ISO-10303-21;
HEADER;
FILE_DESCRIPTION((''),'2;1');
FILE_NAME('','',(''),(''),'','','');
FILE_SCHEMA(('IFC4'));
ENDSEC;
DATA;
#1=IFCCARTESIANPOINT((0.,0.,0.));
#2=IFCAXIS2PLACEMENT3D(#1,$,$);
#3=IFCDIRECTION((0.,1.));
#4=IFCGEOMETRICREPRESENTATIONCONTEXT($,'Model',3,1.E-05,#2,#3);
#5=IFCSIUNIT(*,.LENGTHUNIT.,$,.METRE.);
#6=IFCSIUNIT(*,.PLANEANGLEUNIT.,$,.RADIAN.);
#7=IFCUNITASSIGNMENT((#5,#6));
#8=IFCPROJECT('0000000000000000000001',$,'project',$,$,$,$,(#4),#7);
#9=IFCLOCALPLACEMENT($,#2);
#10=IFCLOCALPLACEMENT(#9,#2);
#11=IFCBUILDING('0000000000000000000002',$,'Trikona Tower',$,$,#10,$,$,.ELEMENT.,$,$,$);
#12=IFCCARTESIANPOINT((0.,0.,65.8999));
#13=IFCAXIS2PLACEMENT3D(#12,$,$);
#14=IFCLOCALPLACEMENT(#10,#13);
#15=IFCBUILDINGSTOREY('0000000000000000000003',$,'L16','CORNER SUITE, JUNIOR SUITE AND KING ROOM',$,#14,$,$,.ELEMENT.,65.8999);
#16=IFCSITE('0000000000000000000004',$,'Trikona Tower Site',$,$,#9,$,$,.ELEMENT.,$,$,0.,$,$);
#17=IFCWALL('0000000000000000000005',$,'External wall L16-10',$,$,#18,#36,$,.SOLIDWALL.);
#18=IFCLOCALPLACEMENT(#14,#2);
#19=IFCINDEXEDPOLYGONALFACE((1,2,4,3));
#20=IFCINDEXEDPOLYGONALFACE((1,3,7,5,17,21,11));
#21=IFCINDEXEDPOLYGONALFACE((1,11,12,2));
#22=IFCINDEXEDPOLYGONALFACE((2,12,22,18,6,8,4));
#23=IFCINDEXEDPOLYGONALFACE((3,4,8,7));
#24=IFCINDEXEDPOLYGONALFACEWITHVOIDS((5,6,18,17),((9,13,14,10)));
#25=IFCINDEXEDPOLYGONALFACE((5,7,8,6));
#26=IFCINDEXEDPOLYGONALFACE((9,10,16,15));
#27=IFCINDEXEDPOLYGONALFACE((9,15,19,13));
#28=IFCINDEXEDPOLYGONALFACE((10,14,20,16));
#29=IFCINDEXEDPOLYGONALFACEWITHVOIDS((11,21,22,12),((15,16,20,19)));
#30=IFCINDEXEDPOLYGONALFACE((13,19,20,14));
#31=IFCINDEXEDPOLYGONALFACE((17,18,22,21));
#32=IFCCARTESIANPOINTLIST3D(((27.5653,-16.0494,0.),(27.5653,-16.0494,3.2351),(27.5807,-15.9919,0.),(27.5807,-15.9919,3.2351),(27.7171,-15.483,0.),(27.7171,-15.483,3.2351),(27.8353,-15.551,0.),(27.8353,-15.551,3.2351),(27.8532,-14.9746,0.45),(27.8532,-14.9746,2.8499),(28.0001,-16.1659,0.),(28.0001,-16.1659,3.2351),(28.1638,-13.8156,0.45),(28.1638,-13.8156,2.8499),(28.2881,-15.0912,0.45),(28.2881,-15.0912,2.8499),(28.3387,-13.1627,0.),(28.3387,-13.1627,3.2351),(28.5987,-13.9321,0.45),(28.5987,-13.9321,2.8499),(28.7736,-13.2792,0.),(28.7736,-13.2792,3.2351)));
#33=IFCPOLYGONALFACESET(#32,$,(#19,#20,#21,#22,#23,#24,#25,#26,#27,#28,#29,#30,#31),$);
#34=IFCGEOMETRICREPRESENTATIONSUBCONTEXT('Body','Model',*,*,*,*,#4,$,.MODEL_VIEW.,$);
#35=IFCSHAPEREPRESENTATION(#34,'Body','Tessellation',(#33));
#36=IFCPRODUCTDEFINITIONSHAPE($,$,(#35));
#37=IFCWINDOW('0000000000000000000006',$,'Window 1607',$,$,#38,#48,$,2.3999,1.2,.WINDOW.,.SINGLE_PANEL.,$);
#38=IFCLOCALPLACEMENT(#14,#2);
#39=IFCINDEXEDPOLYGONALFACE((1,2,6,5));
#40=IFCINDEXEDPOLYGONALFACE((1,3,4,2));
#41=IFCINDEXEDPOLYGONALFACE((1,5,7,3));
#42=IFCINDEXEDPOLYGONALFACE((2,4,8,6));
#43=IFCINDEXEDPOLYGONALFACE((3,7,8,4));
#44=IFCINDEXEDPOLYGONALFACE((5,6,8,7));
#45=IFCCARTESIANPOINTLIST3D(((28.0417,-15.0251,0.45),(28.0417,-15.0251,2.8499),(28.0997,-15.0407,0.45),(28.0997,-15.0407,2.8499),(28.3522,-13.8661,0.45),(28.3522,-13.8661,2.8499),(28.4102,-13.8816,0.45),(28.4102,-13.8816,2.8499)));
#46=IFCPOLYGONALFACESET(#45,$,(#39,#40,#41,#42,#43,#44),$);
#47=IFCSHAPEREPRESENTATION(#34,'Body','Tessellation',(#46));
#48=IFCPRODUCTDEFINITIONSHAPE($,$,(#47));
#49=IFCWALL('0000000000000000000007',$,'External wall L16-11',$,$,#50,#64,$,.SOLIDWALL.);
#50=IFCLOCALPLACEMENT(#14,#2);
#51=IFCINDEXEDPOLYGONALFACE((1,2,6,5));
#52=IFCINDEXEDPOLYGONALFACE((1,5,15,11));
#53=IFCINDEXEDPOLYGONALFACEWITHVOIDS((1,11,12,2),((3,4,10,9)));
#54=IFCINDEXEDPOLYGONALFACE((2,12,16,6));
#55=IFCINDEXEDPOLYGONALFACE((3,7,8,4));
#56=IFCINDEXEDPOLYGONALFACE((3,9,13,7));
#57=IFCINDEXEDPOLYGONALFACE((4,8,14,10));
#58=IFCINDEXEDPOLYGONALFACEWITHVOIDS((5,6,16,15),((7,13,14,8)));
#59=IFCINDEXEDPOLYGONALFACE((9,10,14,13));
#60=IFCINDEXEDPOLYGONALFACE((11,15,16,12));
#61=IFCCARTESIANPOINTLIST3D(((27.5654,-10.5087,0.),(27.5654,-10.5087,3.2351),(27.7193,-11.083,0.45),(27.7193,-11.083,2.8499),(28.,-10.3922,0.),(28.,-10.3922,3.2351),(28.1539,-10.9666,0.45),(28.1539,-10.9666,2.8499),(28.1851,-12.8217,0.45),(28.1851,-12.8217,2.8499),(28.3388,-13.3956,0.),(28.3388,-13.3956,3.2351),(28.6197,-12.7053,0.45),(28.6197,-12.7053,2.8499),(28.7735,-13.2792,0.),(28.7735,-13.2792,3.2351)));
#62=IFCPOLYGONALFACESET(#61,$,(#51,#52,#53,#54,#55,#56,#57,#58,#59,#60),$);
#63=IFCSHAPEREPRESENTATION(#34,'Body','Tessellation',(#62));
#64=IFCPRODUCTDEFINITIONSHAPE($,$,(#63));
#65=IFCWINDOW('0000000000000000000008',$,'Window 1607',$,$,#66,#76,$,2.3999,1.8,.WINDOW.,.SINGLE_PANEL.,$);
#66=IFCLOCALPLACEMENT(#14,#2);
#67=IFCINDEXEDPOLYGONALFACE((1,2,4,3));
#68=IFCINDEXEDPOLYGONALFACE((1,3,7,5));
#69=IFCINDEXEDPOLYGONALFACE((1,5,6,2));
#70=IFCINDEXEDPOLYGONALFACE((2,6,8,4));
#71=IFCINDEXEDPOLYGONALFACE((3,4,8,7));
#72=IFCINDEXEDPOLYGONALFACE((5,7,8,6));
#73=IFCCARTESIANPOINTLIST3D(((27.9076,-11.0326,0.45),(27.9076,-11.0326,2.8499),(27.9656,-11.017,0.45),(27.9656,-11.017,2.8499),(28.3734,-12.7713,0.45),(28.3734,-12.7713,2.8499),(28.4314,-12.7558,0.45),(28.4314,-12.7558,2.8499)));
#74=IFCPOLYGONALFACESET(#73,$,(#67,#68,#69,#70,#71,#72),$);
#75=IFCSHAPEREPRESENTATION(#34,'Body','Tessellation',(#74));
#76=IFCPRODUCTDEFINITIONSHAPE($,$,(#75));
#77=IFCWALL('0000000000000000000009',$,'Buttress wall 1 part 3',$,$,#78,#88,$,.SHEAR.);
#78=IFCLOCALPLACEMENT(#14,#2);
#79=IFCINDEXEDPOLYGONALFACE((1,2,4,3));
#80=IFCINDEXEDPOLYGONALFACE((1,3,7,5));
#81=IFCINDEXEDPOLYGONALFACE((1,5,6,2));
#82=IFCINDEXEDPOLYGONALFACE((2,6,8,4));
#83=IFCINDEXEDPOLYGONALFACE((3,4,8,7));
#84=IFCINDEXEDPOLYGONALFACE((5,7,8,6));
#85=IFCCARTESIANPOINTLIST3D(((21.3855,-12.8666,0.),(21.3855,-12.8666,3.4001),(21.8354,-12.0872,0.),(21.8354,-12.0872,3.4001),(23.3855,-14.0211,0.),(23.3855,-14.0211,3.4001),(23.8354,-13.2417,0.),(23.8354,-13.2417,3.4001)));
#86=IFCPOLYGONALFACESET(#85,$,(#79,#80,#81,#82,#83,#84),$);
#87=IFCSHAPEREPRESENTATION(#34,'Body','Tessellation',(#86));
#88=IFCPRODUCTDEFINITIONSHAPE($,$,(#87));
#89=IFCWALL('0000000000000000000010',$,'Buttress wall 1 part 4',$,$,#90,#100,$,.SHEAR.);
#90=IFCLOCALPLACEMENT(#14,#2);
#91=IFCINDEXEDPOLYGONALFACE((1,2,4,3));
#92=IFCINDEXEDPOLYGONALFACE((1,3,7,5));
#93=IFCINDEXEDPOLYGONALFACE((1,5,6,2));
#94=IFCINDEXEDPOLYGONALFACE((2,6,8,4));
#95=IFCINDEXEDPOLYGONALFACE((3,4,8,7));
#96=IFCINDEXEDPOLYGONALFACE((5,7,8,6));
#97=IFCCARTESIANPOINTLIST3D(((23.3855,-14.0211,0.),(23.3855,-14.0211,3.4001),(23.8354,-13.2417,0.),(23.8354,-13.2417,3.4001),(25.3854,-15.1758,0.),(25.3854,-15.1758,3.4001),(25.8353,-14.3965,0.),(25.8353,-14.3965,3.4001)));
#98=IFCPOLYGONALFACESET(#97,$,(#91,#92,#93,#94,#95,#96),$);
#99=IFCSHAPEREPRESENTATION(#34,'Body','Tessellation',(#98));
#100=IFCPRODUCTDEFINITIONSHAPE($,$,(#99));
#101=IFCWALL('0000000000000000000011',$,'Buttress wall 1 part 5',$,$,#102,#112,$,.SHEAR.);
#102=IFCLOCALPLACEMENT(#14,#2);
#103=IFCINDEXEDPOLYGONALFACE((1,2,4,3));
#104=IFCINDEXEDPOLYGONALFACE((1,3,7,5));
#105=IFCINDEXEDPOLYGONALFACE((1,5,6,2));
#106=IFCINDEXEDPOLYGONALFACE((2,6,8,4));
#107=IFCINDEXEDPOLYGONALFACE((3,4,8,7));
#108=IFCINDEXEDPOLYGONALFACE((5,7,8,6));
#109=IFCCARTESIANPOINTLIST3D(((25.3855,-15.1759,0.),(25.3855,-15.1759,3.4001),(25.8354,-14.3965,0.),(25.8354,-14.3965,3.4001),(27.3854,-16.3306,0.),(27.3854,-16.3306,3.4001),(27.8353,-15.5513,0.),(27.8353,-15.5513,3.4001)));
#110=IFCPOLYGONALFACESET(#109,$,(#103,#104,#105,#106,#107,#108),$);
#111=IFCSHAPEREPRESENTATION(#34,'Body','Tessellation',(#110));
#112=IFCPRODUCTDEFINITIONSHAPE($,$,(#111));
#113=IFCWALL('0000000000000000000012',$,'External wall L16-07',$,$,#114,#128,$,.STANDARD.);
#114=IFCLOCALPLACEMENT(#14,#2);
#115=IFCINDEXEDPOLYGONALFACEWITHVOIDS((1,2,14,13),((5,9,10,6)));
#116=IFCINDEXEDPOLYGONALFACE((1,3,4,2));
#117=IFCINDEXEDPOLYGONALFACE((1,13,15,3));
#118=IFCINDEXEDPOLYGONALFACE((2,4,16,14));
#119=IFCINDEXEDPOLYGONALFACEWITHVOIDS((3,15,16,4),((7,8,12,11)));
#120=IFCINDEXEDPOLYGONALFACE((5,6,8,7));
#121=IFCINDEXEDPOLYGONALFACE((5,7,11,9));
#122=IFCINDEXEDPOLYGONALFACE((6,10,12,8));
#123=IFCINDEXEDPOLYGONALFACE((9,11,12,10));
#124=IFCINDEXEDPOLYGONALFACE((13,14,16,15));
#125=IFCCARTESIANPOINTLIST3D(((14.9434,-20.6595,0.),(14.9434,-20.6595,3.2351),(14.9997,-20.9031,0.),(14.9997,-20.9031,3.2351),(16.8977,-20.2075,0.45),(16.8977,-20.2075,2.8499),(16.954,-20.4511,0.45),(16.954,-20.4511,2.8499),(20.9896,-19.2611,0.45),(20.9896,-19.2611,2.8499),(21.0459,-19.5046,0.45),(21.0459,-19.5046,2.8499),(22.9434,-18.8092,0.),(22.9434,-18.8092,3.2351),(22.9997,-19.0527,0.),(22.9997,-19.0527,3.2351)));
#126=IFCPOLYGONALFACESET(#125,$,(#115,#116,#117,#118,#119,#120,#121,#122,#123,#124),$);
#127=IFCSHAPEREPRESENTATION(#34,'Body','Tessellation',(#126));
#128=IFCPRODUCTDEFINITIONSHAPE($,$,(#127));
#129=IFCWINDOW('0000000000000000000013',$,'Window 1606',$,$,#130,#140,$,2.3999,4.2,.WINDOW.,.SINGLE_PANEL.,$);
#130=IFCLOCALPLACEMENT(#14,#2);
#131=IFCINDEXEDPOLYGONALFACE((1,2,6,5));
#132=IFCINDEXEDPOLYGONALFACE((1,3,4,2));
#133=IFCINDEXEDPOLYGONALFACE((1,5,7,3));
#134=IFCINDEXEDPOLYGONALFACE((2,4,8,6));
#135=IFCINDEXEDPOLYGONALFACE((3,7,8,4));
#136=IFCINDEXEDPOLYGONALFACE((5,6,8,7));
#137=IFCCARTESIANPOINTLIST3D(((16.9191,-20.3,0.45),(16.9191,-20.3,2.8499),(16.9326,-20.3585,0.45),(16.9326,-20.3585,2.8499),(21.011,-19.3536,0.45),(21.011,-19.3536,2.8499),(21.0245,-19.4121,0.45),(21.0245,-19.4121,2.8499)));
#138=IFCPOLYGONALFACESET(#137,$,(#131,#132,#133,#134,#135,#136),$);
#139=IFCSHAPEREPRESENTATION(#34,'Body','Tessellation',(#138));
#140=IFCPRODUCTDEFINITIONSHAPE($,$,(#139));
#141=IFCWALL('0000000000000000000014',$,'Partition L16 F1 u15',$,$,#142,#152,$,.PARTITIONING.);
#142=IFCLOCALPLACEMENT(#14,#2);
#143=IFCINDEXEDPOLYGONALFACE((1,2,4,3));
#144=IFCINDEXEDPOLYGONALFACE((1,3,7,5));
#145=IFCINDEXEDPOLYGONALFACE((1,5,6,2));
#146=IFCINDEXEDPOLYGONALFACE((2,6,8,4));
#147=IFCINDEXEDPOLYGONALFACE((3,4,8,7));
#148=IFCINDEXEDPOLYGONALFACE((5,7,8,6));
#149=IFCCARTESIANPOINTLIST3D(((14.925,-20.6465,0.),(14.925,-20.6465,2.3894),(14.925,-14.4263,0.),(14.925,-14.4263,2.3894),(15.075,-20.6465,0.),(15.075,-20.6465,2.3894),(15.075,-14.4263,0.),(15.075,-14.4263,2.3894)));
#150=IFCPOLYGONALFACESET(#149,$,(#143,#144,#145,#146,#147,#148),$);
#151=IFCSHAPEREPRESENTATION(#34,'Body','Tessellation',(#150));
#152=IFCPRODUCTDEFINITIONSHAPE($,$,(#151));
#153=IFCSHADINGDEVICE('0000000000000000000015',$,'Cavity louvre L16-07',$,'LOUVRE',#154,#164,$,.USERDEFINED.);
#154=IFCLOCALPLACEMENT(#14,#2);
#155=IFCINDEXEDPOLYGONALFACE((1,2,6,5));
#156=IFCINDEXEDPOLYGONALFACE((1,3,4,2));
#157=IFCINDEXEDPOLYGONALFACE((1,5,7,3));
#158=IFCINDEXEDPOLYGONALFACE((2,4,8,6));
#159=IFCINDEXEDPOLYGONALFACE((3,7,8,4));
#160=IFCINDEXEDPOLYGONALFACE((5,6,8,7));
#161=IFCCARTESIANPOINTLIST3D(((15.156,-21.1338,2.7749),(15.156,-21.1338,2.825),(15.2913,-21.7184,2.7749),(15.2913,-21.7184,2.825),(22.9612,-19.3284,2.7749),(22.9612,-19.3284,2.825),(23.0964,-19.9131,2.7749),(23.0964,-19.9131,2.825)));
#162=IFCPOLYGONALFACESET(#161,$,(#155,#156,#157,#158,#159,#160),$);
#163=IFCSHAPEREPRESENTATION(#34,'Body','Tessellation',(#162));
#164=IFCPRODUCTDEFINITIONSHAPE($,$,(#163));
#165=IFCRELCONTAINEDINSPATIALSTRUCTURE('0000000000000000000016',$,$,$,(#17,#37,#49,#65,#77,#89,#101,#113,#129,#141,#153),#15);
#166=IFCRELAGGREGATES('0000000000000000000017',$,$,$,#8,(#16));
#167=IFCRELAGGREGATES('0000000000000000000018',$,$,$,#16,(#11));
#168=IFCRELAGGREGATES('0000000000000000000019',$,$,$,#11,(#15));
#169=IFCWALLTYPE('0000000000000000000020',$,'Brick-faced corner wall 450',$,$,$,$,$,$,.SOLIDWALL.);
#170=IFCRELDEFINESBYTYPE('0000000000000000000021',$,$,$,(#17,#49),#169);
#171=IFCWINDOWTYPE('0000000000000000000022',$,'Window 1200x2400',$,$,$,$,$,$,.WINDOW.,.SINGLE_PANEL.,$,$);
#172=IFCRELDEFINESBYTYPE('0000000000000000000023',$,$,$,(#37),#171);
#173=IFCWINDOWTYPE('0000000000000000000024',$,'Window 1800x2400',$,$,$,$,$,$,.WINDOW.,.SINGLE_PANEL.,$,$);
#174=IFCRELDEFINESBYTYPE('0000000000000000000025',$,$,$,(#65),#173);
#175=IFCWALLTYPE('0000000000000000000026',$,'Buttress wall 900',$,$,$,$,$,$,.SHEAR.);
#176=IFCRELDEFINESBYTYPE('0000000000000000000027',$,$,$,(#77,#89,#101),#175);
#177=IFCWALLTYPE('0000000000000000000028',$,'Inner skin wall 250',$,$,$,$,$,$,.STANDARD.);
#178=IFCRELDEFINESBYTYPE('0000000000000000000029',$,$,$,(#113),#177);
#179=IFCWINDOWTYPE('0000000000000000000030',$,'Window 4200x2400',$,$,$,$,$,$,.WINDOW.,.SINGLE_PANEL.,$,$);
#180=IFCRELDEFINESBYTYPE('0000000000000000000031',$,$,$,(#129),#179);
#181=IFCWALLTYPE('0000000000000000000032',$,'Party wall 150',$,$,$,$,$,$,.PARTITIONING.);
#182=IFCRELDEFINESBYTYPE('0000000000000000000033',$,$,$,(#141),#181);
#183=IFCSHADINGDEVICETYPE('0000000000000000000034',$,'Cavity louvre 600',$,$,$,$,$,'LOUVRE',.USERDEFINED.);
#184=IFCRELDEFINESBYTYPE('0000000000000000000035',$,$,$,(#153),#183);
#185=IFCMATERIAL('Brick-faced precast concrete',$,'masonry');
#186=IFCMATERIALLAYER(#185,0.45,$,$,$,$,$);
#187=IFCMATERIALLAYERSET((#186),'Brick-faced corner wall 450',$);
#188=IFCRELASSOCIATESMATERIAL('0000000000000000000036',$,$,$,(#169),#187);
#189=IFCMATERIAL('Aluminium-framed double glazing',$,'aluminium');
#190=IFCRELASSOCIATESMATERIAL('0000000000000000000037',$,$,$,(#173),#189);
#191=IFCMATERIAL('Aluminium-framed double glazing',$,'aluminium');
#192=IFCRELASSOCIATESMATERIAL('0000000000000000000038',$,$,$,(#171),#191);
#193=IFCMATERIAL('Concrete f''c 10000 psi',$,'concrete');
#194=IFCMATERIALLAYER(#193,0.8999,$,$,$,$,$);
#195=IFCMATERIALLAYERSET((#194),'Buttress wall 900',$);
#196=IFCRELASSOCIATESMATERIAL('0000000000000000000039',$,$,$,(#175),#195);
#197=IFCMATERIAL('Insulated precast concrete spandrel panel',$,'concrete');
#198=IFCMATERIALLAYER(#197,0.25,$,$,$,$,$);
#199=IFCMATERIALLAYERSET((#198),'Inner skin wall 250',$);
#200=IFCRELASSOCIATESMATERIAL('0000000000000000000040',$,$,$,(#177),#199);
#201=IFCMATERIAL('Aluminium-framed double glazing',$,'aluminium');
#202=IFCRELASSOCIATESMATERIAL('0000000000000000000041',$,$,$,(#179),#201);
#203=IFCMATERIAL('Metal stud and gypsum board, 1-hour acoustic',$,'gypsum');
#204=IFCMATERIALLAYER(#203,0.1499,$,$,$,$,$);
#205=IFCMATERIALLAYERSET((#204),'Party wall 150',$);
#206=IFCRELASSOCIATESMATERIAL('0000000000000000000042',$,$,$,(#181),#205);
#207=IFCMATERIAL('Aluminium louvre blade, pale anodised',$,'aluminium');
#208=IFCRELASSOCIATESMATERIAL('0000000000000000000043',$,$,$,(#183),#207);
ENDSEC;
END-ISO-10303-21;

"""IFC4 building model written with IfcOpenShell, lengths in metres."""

from ifc_helpers import new_model, si_unit, direction, frame, frame_2d, origin, origin_2d, place, context, subcontext, project, spatial, polyline, rectangle, outline, extrude, material, layer, layer_set, type_object, element, fill, save


model = new_model("IFC4")

# Units and contexts
model_context = context("Model", 3, precision=1e-05, world=origin(), true_north=direction((0.0, 1.0)))
body_context = subcontext(model_context, "Body", "Model", "MODEL_VIEW")
ifc_project = project(units=[si_unit("LENGTHUNIT", "METRE"), si_unit("PLANEANGLEUNIT", "RADIAN")], contexts=[model_context])

# Site, building, storey
site_placement = place(None, origin())
site = spatial("IfcSite", under=ifc_project, at=site_placement, Name="Trikona Tower Site", CompositionType="ELEMENT", RefElevation=0.0)
building_placement = place(site_placement, origin())
building = spatial("IfcBuilding", under=site, at=building_placement, Name="Trikona Tower", CompositionType="ELEMENT")
storey_placement = place(building_placement, frame((0.0, 0.0, 65.8999)))
storey = spatial("IfcBuildingStorey", under=building, at=storey_placement, Name="L16", Description="CORNER SUITE, JUNIOR SUITE AND KING ROOM", CompositionType="ELEMENT", Elevation=65.8999)

# Walls, openings, windows
ifc_material_1 = material(Name="Brick-faced precast concrete", Category="masonry")
ifc_layer_1 = layer(ifc_material_1, 0.45)
ifc_layer_set_1 = layer_set([ifc_layer_1], Name="Brick-faced corner wall 450")
wall_type_1 = type_object("IfcWallType", Name="Brick-faced corner wall 450", PredefinedType="SOLIDWALL", material=ifc_layer_set_1)
ifc_material_2 = material(Name="Aluminium-framed double glazing", Category="aluminium")
window_type_1 = type_object("IfcWindowType", Name="Window 1800x2400", PartitioningType="SINGLE_PANEL", PredefinedType="WINDOW", material=ifc_material_2)
ifc_material_3 = material(Name="Aluminium-framed double glazing", Category="aluminium")
window_type_2 = type_object("IfcWindowType", Name="Window 1200x2400", PartitioningType="SINGLE_PANEL", PredefinedType="WINDOW", material=ifc_material_3)
wall_1_placement = place(storey_placement, frame((27.7827, -16.1077, 0.0), z_axis=(0.0, 0.0, 1.0), x_axis=(0.258801, 0.965931, 0.0)))
wall_1 = element("IfcWall", 1, at=wall_1_placement, inside=storey, type_object=wall_type_1, Name="External wall L16-10", PredefinedType="SOLIDWALL", context=body_context, shape_type="SweptSolid", body=[
    extrude(outline(polyline([(2.9885, 0.2251), (0.5864, 0.2251), (0.5513, 0.0933), (0.0596, 0.2251), (0.0, 0.2251), (0.0, -0.2251), (2.9885, -0.2251), (2.9885, 0.2251)])), origin(), (0.0, 0.0, 1.0), 3.2351),
])
opening_1_placement = place(wall_1_placement, frame((1.1125, 0.0, 0.45)))
opening_1 = element("IfcOpeningElement", 2, at=opening_1_placement, cuts=wall_1, PredefinedType="OPENING", context=body_context, shape_type="SweptSolid", body=[
    extrude(rectangle(XDim=1.2, YDim=2.3999, at=frame_2d((0.6001, 1.2))), frame((0.0, 0.2349, 0.0), z_axis=(0.0, -1.0, 0.0), x_axis=(1.0, 0.0, 0.0)), (0.0, 0.0, 1.0), 0.47),
])
window_1_placement = place(opening_1_placement, origin())
window_1 = element("IfcWindow", 3, at=window_1_placement, inside=storey, type_object=window_type_2, Name="Window 1607", OverallHeight=2.3999, OverallWidth=1.2, PartitioningType="SINGLE_PANEL", PredefinedType="WINDOW", context=body_context, shape_type="SweptSolid", body=[
    extrude(rectangle(XDim=1.2, YDim=2.3999, at=frame_2d((0.6001, 1.2))), frame((0.0, 0.03, 0.0), z_axis=(0.0, -1.0, 0.0), x_axis=(1.0, 0.0, 0.0)), (0.0, 0.0, 1.0), 0.0601),
])
fill(opening_1, window_1)
wall_2_placement = place(storey_placement, frame((28.5562, -13.3374, 0.0), z_axis=(0.0, 0.0, 1.0), x_axis=(-0.258781, 0.965936, 0.0)))
wall_2 = element("IfcWall", 4, at=wall_2_placement, inside=storey, type_object=wall_type_1, Name="External wall L16-11", PredefinedType="SOLIDWALL", context=body_context, shape_type="SweptSolid", body=[
    extrude(rectangle(XDim=2.9888, YDim=0.45, at=frame_2d((1.4944, 0.0))), origin(), (0.0, 0.0, 1.0), 3.2351),
])
opening_2_placement = place(wall_2_placement, frame((0.5942, 0.0, 0.45)))
opening_2 = element("IfcOpeningElement", 5, at=opening_2_placement, cuts=wall_2, PredefinedType="OPENING", context=body_context, shape_type="SweptSolid", body=[
    extrude(rectangle(XDim=1.8, YDim=2.3999, at=frame_2d((0.8999, 1.2))), frame((0.0, 0.2349, 0.0), z_axis=(0.0, -1.0, 0.0), x_axis=(1.0, 0.0, 0.0)), (0.0, 0.0, 1.0), 0.47),
])
window_2_placement = place(opening_2_placement, origin())
window_2 = element("IfcWindow", 6, at=window_2_placement, inside=storey, type_object=window_type_1, Name="Window 1607", OverallHeight=2.3999, OverallWidth=1.8, PartitioningType="SINGLE_PANEL", PredefinedType="WINDOW", context=body_context, shape_type="SweptSolid", body=[
    extrude(rectangle(XDim=1.8, YDim=2.3999, at=frame_2d((0.8999, 1.2))), frame((0.0, 0.03, 0.0), z_axis=(0.0, -1.0, 0.0), x_axis=(1.0, 0.0, 0.0)), (0.0, 0.0, 1.0), 0.0601),
])
fill(opening_2, window_2)

# Walls
ifc_material_4 = material(Name="Concrete f'c 10000 psi", Category="concrete")
ifc_layer_2 = layer(ifc_material_4, 0.8999)
ifc_layer_set_2 = layer_set([ifc_layer_2], Name="Buttress wall 900")
wall_type_2 = type_object("IfcWallType", Name="Buttress wall 900", PredefinedType="SHEAR", material=ifc_layer_set_2)
for number, where, z_axis, x_axis, name in (
    (7, (21.6104, -12.4768, 0.0), (0.0, 0.0, 1.0), (0.866055, -0.499948, 0.0), "Buttress wall 1 part 3"),
    (8, (23.6104, -13.6313, 0.0), (0.0, 0.0, 1.0), (0.86601, -0.500027, 0.0), "Buttress wall 1 part 4"),
    (9, (25.6104, -14.7861, 0.0), (0.0, 0.0, 1.0), (0.86601, -0.500027, 0.0), "Buttress wall 1 part 5"),
):
    element("IfcWall", number, at=place(storey_placement, frame(where, z_axis=z_axis, x_axis=x_axis)), inside=storey, type_object=wall_type_2, Name=name, PredefinedType="SHEAR", context=body_context, shape_type="SweptSolid", body=[
        extrude(rectangle(XDim=2.3093, YDim=0.8999, at=frame_2d((1.1548, 0.0))), origin(), (0.0, 0.0, 1.0), 3.4001),
    ])

# Wall, opening, window
ifc_material_5 = material(Name="Insulated precast concrete spandrel panel", Category="concrete")
ifc_layer_3 = layer(ifc_material_5, 0.25)
ifc_layer_set_3 = layer_set([ifc_layer_3], Name="Inner skin wall 250")
wall_type_3 = type_object("IfcWallType", Name="Inner skin wall 250", PredefinedType="STANDARD", material=ifc_layer_set_3)
wall_3_placement = place(storey_placement, frame((14.9717, -20.7812, 0.0), z_axis=(0.0, 0.0, 1.0), x_axis=(0.974279, 0.225344, 0.0)))
wall_3 = element("IfcWall", 10, at=wall_3_placement, inside=storey, type_object=wall_type_3, Name="External wall L16-07", PredefinedType="STANDARD", context=body_context, shape_type="SweptSolid", body=[
    extrude(rectangle(XDim=8.2112, YDim=0.25, at=frame_2d((4.1055, 0.0))), origin(), (0.0, 0.0, 1.0), 3.2351),
])
opening_3_placement = place(wall_3_placement, frame((2.0056, 0.0, 0.45)))
opening_3 = element("IfcOpeningElement", 11, at=opening_3_placement, cuts=wall_3, PredefinedType="OPENING", context=body_context, shape_type="SweptSolid", body=[
    extrude(rectangle(XDim=4.2, YDim=2.3999, at=frame_2d((2.1001, 1.2))), frame((0.0, 0.135, 0.0), z_axis=(0.0, -1.0, 0.0), x_axis=(1.0, 0.0, 0.0)), (0.0, 0.0, 1.0), 0.27),
])
ifc_material_6 = material(Name="Aluminium-framed double glazing", Category="aluminium")
window_type_3 = type_object("IfcWindowType", Name="Window 4200x2400", PartitioningType="SINGLE_PANEL", PredefinedType="WINDOW", material=ifc_material_6)
window_3_placement = place(opening_3_placement, origin())
window_3 = element("IfcWindow", 12, at=window_3_placement, inside=storey, type_object=window_type_3, Name="Window 1606", OverallHeight=2.3999, OverallWidth=4.2, PartitioningType="SINGLE_PANEL", PredefinedType="WINDOW", context=body_context, shape_type="SweptSolid", body=[
    extrude(rectangle(XDim=4.2, YDim=2.3999, at=frame_2d((2.1001, 1.2))), frame((0.0, 0.03, 0.0), z_axis=(0.0, -1.0, 0.0), x_axis=(1.0, 0.0, 0.0)), (0.0, 0.0, 1.0), 0.0601),
])
fill(opening_3, window_3)

# Wall
ifc_material_7 = material(Name="Metal stud and gypsum board, 1-hour acoustic", Category="gypsum")
ifc_layer_4 = layer(ifc_material_7, 0.1499)
ifc_layer_set_4 = layer_set([ifc_layer_4], Name="Party wall 150")
wall_type_4 = type_object("IfcWallType", Name="Party wall 150", PredefinedType="PARTITIONING", material=ifc_layer_set_4)
wall_4_placement = place(storey_placement, frame((15.0, -14.4263, 0.0), z_axis=(0.0, 0.0, 1.0), x_axis=(0.0, -1.0, 0.0)))
element("IfcWall", 13, at=wall_4_placement, inside=storey, type_object=wall_type_4, Name="Partition L16 F1 u15", PredefinedType="PARTITIONING", context=body_context, shape_type="SweptSolid", body=[
    extrude(rectangle(XDim=6.2202, YDim=0.1499, at=frame_2d((3.1101, 0.0))), origin(), (0.0, 0.0, 1.0), 2.3894),
])

# Shading device
ifc_material_8 = material(Name="Aluminium louvre blade, pale anodised", Category="aluminium")
shading_device_type = type_object("IfcShadingDeviceType", Name="Cavity louvre 600", ElementType="LOUVRE", PredefinedType="USERDEFINED", material=ifc_material_8)
shading_device_placement = place(storey_placement, frame((19.1262, -20.5234, 2.7749), z_axis=(0.0, 0.0, 1.0), x_axis=(0.974278, 0.225351, 0.0)))
element("IfcShadingDevice", 14, at=shading_device_placement, inside=storey, type_object=shading_device_type, Name="Cavity louvre L16-07", ObjectType="LOUVRE", PredefinedType="USERDEFINED", context=body_context, shape_type="SweptSolid", body=[
    extrude(rectangle(XDim=8.0112, YDim=0.6001, at=origin_2d()), origin(), (0.0, 0.0, 1.0), 0.05),
])

save(model, "model.ifc")
